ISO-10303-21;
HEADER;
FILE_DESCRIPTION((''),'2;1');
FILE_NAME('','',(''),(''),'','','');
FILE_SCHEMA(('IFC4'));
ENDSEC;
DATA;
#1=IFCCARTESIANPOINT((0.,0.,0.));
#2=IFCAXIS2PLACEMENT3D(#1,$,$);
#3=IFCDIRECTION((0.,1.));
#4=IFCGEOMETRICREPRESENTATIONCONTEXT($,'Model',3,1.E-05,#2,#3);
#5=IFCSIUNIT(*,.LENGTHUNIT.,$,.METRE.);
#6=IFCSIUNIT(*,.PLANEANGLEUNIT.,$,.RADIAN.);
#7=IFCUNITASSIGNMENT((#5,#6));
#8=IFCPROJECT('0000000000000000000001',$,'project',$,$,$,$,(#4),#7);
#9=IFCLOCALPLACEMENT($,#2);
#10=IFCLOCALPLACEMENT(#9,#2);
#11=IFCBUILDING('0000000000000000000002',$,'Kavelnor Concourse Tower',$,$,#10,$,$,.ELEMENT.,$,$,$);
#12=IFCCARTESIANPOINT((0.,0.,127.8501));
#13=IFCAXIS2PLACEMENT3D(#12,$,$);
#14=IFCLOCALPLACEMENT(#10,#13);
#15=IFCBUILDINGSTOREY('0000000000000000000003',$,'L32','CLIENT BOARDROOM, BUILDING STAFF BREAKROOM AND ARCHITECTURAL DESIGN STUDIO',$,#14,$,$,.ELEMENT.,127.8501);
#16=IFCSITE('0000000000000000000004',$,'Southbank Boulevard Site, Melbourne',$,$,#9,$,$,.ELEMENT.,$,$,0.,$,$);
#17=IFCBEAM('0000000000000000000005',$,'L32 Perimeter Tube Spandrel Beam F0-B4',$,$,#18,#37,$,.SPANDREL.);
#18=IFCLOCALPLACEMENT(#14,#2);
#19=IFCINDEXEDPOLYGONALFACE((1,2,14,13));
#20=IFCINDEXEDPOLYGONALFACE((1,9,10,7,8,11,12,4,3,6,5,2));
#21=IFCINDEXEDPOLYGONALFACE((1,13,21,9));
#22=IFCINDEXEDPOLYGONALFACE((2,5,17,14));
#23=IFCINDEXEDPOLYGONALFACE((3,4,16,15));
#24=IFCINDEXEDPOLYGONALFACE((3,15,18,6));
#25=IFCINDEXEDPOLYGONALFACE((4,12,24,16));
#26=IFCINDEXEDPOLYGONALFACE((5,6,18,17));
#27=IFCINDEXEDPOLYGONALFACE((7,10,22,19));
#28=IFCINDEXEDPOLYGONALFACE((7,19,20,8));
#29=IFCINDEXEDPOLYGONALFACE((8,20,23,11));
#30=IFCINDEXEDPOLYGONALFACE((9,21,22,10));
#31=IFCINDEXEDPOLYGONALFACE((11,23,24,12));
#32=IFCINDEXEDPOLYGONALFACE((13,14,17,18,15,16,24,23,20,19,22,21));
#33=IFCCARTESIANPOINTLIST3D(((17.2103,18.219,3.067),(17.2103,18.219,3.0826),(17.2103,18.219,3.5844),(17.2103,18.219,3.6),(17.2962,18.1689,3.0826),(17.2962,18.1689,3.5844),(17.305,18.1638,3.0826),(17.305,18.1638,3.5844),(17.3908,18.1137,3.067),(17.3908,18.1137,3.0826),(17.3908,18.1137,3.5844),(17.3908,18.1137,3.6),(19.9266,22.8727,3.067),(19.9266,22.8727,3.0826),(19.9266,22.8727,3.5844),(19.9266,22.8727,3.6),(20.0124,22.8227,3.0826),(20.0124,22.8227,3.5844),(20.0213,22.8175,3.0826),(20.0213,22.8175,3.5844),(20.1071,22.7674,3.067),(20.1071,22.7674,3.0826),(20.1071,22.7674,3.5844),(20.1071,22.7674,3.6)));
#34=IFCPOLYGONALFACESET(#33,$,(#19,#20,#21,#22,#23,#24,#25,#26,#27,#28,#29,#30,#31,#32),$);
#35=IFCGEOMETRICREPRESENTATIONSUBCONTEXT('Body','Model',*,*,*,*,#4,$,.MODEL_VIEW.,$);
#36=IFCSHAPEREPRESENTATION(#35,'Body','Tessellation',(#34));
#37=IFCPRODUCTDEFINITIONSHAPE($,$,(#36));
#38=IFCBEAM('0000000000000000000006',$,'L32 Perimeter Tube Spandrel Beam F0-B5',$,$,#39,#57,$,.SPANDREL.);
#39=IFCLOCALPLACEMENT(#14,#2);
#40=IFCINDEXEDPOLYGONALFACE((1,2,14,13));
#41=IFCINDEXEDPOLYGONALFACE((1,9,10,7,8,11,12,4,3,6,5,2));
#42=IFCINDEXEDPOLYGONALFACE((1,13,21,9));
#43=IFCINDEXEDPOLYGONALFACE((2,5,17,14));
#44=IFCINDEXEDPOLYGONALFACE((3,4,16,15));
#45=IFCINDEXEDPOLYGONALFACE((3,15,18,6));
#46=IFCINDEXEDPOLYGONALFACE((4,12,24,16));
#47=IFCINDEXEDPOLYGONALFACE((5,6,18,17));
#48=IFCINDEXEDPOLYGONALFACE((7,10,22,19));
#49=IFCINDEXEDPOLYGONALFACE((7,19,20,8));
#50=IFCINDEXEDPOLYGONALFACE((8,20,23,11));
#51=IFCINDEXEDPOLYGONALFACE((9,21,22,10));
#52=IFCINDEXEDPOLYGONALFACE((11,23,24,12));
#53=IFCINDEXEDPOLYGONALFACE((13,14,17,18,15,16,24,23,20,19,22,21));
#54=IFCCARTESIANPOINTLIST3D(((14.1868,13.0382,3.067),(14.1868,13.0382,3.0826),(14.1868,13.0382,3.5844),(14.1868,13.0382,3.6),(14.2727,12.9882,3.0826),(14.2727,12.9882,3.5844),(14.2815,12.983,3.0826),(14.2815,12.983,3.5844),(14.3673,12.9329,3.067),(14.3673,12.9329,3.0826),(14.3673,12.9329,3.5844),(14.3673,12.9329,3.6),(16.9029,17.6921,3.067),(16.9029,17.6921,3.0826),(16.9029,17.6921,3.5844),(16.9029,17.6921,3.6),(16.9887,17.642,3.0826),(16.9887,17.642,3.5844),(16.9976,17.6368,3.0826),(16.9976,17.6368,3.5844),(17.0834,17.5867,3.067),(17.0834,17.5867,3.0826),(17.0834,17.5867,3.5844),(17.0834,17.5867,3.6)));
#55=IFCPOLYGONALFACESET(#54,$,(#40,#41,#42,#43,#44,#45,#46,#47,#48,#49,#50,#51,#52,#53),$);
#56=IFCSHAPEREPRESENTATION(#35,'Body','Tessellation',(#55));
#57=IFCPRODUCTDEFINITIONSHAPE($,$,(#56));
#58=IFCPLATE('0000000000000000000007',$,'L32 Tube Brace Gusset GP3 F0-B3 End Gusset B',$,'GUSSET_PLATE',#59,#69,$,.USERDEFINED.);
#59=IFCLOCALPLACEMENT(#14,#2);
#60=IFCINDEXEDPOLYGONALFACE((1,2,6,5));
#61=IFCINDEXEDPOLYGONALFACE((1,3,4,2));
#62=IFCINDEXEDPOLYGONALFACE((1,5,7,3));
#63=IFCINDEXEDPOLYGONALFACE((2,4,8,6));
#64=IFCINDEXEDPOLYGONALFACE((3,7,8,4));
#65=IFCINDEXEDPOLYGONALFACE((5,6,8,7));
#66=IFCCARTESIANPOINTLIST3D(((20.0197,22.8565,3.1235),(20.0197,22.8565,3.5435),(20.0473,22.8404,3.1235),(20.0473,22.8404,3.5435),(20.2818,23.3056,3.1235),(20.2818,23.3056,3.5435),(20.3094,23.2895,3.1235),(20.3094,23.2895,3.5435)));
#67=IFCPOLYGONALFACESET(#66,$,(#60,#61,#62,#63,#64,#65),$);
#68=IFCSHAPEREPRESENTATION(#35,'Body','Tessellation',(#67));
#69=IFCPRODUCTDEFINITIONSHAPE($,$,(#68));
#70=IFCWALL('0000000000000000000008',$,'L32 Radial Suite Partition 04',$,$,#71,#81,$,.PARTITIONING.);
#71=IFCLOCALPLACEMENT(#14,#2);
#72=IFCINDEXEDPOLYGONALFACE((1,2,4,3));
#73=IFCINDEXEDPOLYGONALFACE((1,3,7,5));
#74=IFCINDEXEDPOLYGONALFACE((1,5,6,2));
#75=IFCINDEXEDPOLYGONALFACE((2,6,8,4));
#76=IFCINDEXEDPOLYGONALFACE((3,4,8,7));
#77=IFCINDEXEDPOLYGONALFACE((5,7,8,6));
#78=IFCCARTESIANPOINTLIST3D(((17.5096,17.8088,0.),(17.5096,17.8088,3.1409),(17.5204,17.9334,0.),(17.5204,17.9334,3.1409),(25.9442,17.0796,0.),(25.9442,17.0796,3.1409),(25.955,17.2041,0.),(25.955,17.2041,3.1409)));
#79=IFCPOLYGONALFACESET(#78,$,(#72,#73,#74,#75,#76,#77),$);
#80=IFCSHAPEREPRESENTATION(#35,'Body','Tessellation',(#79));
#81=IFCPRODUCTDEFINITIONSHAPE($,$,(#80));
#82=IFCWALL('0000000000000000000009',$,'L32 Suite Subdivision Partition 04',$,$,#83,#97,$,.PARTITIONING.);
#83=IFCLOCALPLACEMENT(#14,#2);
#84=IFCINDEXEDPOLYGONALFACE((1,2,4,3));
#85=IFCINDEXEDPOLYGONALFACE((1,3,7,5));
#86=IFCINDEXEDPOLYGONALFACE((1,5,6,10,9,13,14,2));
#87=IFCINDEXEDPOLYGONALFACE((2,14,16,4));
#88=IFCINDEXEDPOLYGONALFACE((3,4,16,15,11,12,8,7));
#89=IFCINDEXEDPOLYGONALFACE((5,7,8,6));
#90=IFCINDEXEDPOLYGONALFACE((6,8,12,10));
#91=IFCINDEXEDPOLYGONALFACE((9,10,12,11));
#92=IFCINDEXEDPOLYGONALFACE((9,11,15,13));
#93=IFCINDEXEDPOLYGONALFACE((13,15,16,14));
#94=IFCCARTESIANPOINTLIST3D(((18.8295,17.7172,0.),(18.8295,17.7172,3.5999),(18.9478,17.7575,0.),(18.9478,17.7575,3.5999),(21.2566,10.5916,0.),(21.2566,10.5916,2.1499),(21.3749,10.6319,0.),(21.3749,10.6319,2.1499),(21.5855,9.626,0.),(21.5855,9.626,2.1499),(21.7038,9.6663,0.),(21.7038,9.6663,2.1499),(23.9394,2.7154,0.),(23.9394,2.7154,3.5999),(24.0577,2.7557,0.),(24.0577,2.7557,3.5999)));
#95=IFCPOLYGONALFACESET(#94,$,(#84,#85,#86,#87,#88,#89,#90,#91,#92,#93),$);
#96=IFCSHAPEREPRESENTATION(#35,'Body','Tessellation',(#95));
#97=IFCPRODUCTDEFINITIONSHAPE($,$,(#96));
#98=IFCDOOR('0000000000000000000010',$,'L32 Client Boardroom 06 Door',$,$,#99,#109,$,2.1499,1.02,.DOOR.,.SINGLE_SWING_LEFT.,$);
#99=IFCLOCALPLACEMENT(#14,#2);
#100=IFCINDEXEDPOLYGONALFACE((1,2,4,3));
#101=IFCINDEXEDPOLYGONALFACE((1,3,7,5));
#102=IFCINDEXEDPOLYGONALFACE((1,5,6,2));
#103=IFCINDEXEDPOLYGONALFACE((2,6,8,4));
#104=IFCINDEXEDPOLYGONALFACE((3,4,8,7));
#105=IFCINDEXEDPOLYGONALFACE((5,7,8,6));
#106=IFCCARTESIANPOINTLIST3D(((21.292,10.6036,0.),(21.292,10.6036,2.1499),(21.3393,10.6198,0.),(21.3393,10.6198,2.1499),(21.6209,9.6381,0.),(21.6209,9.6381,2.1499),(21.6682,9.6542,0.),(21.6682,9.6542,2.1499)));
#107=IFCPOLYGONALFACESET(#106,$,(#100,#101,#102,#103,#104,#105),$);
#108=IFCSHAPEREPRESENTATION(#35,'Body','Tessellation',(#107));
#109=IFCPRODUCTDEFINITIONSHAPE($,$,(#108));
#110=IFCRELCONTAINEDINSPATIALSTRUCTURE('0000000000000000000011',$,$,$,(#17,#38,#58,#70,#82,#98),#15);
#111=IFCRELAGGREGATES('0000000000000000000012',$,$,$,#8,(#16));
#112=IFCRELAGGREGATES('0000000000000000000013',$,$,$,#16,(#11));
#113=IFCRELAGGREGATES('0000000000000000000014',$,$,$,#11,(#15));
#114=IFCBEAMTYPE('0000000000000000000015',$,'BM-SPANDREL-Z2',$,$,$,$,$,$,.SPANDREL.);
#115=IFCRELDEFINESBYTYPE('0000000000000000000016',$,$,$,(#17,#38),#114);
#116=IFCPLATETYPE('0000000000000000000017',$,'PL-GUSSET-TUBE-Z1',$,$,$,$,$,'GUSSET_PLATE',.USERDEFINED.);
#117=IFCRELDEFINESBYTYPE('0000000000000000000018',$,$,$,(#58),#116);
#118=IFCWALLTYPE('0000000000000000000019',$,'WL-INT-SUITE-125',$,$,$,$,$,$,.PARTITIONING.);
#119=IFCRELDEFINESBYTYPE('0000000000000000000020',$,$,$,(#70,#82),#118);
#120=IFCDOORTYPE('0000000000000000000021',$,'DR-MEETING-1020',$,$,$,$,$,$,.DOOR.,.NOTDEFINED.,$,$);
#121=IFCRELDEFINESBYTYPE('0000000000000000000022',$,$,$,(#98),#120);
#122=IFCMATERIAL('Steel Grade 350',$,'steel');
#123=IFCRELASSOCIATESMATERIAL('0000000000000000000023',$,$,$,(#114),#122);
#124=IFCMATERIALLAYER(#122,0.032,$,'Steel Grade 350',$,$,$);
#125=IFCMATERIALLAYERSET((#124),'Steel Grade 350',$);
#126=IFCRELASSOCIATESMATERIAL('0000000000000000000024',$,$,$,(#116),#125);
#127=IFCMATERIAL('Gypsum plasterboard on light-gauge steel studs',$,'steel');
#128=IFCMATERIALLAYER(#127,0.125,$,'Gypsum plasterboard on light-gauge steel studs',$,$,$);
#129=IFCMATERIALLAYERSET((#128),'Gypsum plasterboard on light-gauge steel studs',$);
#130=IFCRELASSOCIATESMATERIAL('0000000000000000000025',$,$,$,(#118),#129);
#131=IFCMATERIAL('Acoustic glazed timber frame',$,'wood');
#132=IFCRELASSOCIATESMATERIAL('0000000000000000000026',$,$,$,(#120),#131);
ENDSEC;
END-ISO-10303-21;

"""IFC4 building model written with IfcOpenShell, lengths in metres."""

from ifc_helpers import new_model, si_unit, direction, frame, frame_2d, origin, origin_2d, place, context, subcontext, project, spatial, rectangle, i_section, extrude, material, layer, layer_set, material_profile, profile_set, type_object, element, fill, save


model = new_model("IFC4")

# Units and contexts
model_context = context("Model", 3, precision=1e-05, world=origin(), true_north=direction((0.0, 1.0)))
body_context = subcontext(model_context, "Body", "Model", "MODEL_VIEW")
ifc_project = project(units=[si_unit("LENGTHUNIT", "METRE"), si_unit("PLANEANGLEUNIT", "RADIAN")], contexts=[model_context])

# Site, building, storey
site_placement = place(None, origin())
site = spatial("IfcSite", under=ifc_project, at=site_placement, Name="Southbank Boulevard Site, Melbourne", CompositionType="ELEMENT", RefElevation=0.0)
building_placement = place(site_placement, origin())
building = spatial("IfcBuilding", under=site, at=building_placement, Name="Kavelnor Concourse Tower", CompositionType="ELEMENT")
storey_placement = place(building_placement, frame((0.0, 0.0, 127.8501)))
storey = spatial("IfcBuildingStorey", under=building, at=storey_placement, Name="L32", Description="CLIENT BOARDROOM, BUILDING STAFF BREAKROOM AND ARCHITECTURAL DESIGN STUDIO", CompositionType="ELEMENT", Elevation=127.8501)

# Shared definitions
ifc_material_1 = material(Name="Steel Grade 350", Category="steel")

# Beams
ifc_material_profile_1 = material_profile(ifc_material_1, i_section(OverallWidth=0.209, OverallDepth=0.533, WebThickness=0.0103, FlangeThickness=0.0156, at=origin_2d()), Name="530UB92")
ifc_profile_set_1 = profile_set([ifc_material_profile_1], Name="Steel Grade 350")
beam_type_1 = type_object("IfcBeamType", Name="BM-SPANDREL-Z2", PredefinedType="SPANDREL", material=ifc_profile_set_1)
for number, where, z_axis, x_axis, name in (
    (1, (20.0168, 22.8201, 3.3335), (-0.504091, -0.863651, 0.0), (0.863651, -0.504091, 0.0), "L32 Perimeter Tube Spandrel Beam F0-B4"),
    (2, (16.9932, 17.6394, 3.3335), (-0.504057, -0.86367, 0.0), (0.86367, -0.504057, 0.0), "L32 Perimeter Tube Spandrel Beam F0-B5"),
):
    element("IfcBeam", number, at=place(storey_placement, frame(where, z_axis=z_axis, x_axis=x_axis)), inside=storey, type_object=beam_type_1, Name=name, PredefinedType="SPANDREL", context=body_context, shape_type="SweptSolid", body=[
        extrude(i_section(OverallWidth=0.209, OverallDepth=0.533, WebThickness=0.0103, FlangeThickness=0.0156, at=origin_2d()), origin(), (0.0, 0.0, 1.0), 5.3884),
    ])

# Plate
ifc_layer_1 = layer(ifc_material_1, 0.032, Name="Steel Grade 350")
ifc_layer_set_1 = layer_set([ifc_layer_1], Name="Steel Grade 350")
plate_type = type_object("IfcPlateType", Name="PL-GUSSET-TUBE-Z1", ElementType="GUSSET_PLATE", PredefinedType="USERDEFINED", material=ifc_layer_set_1)
plate_placement = place(storey_placement, frame((20.1646, 23.073, 3.1235), z_axis=(0.0, 0.0, 1.0), x_axis=(-0.504075, -0.86366, 0.0)))
element("IfcPlate", 3, at=plate_placement, inside=storey, type_object=plate_type, Name="L32 Tube Brace Gusset GP3 F0-B3 End Gusset B", ObjectType="GUSSET_PLATE", PredefinedType="USERDEFINED", context=body_context, shape_type="SweptSolid", body=[
    extrude(rectangle(XDim=0.52, YDim=0.032, at=origin_2d()), origin(), (0.0, 0.0, 1.0), 0.4199),
])

# Wall
ifc_material_2 = material(Name="Gypsum plasterboard on light-gauge steel studs", Category="steel")
ifc_layer_2 = layer(ifc_material_2, 0.125, Name="Gypsum plasterboard on light-gauge steel studs")
ifc_layer_set_2 = layer_set([ifc_layer_2], Name="Gypsum plasterboard on light-gauge steel studs")
wall_type = type_object("IfcWallType", Name="WL-INT-SUITE-125", PredefinedType="PARTITIONING", material=ifc_layer_set_2)
wall_1_placement = place(storey_placement, frame((25.9495, 17.1418, 0.0), z_axis=(0.0, 0.0, 1.0), x_axis=(-0.996283, 0.086138, 0.0)))
element("IfcWall", 4, at=wall_1_placement, inside=storey, type_object=wall_type, Name="L32 Radial Suite Partition 04", PredefinedType="PARTITIONING", context=body_context, shape_type="SweptSolid", body=[
    extrude(rectangle(XDim=8.4661, YDim=0.125, at=frame_2d((4.2329, 0.0))), origin(), (0.0, 0.0, 1.0), 3.1409),
])

# Wall, opening, door
wall_2_placement = place(storey_placement, frame((18.8887, 17.7373, 0.0), z_axis=(0.0, 0.0, 1.0), x_axis=(0.322428, -0.946594, 0.0)))
wall_2 = element("IfcWall", 5, at=wall_2_placement, inside=storey, type_object=wall_type, Name="L32 Suite Subdivision Partition 04", PredefinedType="PARTITIONING", context=body_context, shape_type="SweptSolid", body=[
    extrude(rectangle(XDim=15.8481, YDim=0.125, at=frame_2d((7.9241, 0.0))), origin(), (0.0, 0.0, 1.0), 3.5999),
])
opening_placement = place(wall_2_placement, frame((7.5276, 0.0, 0.0)))
opening = element("IfcOpeningElement", 6, at=opening_placement, cuts=wall_2, PredefinedType="OPENING", context=body_context, shape_type="SweptSolid", body=[
    extrude(rectangle(XDim=1.02, YDim=2.1499, at=frame_2d((0.51, 1.075))), frame((0.0, 0.0725, 0.0), z_axis=(0.0, -1.0, 0.0), x_axis=(1.0, 0.0, 0.0)), (0.0, 0.0, 1.0), 0.145),
])
ifc_material_3 = material(Name="Acoustic glazed timber frame", Category="wood")
door_type = type_object("IfcDoorType", Name="DR-MEETING-1020", OperationType="NOTDEFINED", PredefinedType="DOOR", material=ifc_material_3)
door_placement = place(opening_placement, origin())
door = element("IfcDoor", 7, at=door_placement, inside=storey, type_object=door_type, Name="L32 Client Boardroom 06 Door", OperationType="SINGLE_SWING_LEFT", OverallHeight=2.1499, OverallWidth=1.02, PredefinedType="DOOR", context=body_context, shape_type="SweptSolid", body=[
    extrude(rectangle(XDim=1.02, YDim=2.1499, at=frame_2d((0.51, 1.075))), frame((0.0, 0.0249, 0.0), z_axis=(0.0, -1.0, 0.0), x_axis=(1.0, 0.0, 0.0)), (0.0, 0.0, 1.0), 0.05),
])
fill(opening, door)

save(model, "model.ifc")
